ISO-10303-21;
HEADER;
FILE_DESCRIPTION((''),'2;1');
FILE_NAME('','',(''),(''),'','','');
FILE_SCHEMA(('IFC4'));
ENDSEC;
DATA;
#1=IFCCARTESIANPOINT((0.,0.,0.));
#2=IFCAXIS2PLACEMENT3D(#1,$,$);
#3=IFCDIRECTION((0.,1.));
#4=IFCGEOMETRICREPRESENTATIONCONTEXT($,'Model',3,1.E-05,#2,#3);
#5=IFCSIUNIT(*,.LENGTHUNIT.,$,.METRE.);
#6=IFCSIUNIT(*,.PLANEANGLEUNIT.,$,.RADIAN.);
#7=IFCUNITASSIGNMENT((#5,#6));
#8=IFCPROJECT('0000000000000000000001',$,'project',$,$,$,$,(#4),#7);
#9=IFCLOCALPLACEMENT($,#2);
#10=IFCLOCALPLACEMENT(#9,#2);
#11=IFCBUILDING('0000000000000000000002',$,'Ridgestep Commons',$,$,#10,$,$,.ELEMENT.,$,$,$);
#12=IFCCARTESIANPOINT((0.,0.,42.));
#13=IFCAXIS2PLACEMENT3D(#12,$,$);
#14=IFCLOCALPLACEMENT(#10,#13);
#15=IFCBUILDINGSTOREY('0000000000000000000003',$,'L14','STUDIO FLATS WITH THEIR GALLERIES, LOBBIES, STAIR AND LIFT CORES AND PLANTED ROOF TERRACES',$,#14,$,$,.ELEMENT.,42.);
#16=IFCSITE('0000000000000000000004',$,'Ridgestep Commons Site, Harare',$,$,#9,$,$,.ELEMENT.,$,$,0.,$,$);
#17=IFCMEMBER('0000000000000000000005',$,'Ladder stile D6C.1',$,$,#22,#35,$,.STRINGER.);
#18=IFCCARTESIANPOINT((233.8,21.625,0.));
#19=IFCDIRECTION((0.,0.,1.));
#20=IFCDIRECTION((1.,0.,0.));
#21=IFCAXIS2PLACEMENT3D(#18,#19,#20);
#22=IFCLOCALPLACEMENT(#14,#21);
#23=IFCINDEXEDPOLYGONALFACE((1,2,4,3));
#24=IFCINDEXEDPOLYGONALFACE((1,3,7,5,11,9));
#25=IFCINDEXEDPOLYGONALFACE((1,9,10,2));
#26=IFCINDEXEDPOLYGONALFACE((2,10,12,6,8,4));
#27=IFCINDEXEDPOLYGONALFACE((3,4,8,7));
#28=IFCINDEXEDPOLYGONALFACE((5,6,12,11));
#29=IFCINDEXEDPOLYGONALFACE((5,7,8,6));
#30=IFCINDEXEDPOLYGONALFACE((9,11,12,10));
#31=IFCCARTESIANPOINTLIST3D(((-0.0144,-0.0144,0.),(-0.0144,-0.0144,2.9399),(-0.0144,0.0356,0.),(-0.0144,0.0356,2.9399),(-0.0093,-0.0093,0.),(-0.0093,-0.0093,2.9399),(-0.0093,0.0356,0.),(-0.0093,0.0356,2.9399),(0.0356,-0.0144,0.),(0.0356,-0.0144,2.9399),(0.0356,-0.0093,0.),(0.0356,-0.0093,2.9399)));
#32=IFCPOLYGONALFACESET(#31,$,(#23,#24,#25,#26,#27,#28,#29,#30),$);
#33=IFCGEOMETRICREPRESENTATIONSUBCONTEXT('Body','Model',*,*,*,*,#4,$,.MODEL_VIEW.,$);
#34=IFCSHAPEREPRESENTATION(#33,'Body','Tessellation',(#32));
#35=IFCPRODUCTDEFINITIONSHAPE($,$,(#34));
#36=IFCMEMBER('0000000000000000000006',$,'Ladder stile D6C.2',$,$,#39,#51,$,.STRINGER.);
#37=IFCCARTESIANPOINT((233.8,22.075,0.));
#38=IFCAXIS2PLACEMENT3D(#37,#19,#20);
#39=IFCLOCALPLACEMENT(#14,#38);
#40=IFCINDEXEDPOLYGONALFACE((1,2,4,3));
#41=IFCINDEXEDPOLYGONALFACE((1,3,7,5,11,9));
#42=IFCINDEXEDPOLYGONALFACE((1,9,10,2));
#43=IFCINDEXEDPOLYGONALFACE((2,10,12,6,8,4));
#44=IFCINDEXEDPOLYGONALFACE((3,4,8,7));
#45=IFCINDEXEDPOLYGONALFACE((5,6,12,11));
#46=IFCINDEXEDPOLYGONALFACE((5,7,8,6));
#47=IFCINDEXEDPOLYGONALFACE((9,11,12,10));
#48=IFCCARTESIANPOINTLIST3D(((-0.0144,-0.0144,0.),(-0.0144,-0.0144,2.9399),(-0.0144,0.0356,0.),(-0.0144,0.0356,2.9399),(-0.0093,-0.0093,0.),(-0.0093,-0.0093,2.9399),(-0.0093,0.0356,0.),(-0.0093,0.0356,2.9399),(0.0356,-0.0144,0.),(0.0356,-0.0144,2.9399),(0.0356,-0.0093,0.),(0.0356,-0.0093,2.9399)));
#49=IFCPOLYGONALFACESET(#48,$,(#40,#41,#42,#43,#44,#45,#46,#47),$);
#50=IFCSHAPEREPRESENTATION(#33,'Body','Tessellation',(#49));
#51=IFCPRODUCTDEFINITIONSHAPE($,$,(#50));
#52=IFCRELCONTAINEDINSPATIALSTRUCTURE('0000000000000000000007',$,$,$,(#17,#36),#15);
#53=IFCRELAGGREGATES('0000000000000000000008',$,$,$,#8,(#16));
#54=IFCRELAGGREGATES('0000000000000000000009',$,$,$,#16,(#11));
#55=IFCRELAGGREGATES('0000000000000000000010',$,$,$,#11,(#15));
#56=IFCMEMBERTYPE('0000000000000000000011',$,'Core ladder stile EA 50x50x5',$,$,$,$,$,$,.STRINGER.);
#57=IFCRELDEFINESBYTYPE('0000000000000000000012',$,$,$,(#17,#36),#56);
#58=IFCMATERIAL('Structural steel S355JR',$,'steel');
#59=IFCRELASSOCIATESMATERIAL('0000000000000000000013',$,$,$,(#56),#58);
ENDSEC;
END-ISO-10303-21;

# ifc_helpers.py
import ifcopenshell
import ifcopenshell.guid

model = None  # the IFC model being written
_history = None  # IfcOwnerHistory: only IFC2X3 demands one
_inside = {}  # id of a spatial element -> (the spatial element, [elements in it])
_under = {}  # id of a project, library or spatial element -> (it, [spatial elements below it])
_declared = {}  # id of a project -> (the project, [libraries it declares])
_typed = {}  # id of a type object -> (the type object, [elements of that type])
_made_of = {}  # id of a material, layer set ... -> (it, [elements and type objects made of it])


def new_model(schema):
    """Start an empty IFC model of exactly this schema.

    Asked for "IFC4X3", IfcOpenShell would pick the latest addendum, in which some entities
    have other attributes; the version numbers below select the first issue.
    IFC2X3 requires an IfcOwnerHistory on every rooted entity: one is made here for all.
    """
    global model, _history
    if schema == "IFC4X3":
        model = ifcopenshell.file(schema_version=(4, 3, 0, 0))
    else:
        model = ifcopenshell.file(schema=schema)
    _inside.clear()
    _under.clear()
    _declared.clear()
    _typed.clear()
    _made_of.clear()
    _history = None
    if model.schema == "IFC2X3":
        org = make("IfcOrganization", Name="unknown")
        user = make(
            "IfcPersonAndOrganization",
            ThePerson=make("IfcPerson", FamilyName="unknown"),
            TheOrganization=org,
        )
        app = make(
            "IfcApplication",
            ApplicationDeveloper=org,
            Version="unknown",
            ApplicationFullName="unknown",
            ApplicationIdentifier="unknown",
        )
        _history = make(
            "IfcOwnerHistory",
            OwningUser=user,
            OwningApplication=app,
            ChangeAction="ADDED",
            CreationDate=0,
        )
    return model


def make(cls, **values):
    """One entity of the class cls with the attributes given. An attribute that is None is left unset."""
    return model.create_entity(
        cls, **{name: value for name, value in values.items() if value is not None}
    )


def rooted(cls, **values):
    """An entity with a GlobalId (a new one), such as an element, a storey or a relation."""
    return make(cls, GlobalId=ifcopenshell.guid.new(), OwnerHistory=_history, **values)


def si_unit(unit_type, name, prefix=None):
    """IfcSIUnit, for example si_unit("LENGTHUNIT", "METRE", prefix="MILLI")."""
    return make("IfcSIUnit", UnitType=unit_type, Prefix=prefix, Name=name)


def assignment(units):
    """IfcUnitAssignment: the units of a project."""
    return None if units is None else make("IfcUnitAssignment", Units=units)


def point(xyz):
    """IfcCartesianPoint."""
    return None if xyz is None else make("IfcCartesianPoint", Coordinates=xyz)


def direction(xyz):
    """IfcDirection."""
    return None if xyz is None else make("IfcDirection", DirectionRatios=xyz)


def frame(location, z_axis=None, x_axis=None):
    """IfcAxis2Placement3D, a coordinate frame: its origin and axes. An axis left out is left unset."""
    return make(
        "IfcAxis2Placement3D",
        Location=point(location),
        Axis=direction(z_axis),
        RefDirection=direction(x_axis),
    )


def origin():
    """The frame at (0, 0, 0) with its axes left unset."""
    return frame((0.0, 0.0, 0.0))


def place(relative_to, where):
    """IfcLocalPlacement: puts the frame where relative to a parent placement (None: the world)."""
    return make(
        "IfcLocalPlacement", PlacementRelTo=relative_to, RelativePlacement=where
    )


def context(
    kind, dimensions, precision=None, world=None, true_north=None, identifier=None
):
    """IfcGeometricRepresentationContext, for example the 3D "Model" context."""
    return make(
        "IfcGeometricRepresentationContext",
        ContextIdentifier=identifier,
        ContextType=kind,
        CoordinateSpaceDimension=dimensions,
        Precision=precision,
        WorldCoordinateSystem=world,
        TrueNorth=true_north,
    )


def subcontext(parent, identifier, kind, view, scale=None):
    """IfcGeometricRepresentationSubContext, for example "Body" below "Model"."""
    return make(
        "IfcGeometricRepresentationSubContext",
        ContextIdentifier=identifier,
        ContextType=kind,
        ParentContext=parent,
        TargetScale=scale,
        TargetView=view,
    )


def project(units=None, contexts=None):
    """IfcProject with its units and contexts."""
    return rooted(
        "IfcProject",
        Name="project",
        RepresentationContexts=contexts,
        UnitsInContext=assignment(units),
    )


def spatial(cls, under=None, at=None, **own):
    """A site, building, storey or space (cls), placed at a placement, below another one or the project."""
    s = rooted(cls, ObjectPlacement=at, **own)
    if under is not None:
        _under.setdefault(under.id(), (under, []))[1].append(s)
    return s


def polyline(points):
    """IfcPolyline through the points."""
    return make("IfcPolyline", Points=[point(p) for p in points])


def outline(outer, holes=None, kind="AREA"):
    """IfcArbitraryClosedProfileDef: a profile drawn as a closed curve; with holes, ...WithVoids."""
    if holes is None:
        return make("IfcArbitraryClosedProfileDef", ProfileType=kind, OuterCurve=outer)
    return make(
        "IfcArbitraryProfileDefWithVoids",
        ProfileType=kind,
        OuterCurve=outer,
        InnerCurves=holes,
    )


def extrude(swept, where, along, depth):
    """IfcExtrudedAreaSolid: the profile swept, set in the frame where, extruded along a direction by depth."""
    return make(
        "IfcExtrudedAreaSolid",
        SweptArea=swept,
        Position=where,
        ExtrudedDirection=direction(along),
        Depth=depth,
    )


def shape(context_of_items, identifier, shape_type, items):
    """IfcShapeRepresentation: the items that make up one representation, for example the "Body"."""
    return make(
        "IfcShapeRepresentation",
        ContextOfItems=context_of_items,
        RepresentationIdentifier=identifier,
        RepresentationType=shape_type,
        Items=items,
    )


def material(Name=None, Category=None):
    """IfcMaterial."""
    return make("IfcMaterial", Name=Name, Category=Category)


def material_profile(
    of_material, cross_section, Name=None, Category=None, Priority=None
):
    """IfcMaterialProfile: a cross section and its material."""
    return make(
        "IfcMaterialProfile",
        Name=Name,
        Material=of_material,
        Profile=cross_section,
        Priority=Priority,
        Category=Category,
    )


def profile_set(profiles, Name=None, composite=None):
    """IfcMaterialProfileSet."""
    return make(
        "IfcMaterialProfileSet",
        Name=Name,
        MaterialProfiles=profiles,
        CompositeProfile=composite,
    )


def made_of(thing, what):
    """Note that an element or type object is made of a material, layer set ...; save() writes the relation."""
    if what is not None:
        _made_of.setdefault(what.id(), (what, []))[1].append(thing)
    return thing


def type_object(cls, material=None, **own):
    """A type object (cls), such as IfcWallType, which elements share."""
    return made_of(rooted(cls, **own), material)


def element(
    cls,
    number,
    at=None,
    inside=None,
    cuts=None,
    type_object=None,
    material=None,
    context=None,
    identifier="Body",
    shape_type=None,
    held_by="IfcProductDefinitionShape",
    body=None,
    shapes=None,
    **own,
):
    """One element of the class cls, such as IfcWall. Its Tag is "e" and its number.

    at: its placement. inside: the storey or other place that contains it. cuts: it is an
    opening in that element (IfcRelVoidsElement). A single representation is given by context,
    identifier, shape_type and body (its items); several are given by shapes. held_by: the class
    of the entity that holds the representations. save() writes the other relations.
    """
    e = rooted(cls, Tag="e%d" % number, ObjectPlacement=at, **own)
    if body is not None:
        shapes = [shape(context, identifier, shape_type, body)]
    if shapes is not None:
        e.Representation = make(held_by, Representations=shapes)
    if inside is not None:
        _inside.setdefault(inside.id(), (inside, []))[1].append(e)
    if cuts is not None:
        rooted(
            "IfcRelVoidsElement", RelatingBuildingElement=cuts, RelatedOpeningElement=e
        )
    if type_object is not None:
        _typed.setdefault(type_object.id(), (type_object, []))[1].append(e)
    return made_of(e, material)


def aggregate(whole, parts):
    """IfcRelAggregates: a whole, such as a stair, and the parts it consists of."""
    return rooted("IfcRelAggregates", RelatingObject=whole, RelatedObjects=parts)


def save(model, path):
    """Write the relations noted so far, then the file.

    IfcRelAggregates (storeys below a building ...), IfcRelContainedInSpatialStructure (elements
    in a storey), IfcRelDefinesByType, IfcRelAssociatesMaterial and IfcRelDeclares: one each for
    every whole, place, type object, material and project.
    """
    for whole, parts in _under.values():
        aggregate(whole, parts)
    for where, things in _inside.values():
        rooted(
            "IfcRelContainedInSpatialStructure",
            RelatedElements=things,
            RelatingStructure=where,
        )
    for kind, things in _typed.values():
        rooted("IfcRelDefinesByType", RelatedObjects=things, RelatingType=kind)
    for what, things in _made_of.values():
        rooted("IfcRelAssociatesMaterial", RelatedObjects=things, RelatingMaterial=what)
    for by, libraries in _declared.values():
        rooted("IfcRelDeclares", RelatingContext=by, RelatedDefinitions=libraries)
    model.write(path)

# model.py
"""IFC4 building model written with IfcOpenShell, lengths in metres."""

from ifc_helpers import new_model, si_unit, direction, frame, origin, place, context, subcontext, project, spatial, polyline, outline, extrude, material, material_profile, profile_set, type_object, element, save


model = new_model("IFC4")

# Units and contexts
model_context = context("Model", 3, precision=1e-05, world=origin(), true_north=direction((0.0, 1.0)))
body_context = subcontext(model_context, "Body", "Model", "MODEL_VIEW")
ifc_project = project(units=[si_unit("LENGTHUNIT", "METRE"), si_unit("PLANEANGLEUNIT", "RADIAN")], contexts=[model_context])

# Site, building, storey
site_placement = place(None, origin())
site = spatial("IfcSite", under=ifc_project, at=site_placement, Name="Ridgestep Commons Site, Harare", CompositionType="ELEMENT", RefElevation=0.0)
building_placement = place(site_placement, origin())
building = spatial("IfcBuilding", under=site, at=building_placement, Name="Ridgestep Commons", CompositionType="ELEMENT")
storey_placement = place(building_placement, frame((0.0, 0.0, 42.0)))
storey = spatial("IfcBuildingStorey", under=building, at=storey_placement, Name="L14", Description="STUDIO FLATS WITH THEIR GALLERIES, LOBBIES, STAIR AND LIFT CORES AND PLANTED ROOF TERRACES", CompositionType="ELEMENT", Elevation=42.0)

# Members
ifc_material_1 = material(Name="Structural steel S355JR", Category="steel")
ifc_material_profile_1 = material_profile(ifc_material_1, outline(polyline([(-0.0144, -0.0144), (0.0356, -0.0144), (0.0356, -0.0093), (-0.0093, -0.0093), (-0.0093, 0.0356), (-0.0144, 0.0356), (-0.0144, -0.0144)])), Name="EA 50x50x5")
ifc_profile_set_1 = profile_set([ifc_material_profile_1], Name="Structural steel S355JR")
member_type_1 = type_object("IfcMemberType", Name="Core ladder stile EA 50x50x5", PredefinedType="STRINGER", material=ifc_profile_set_1)
for number, where, z_axis, x_axis, name in (
    (1, (233.8, 21.625, 0.0), (0.0, 0.0, 1.0), (1.0, 0.0, 0.0), "Ladder stile D6C.1"),
    (2, (233.8, 22.075, 0.0), (0.0, 0.0, 1.0), (1.0, 0.0, 0.0), "Ladder stile D6C.2"),
):
    element("IfcMember", number, at=place(storey_placement, frame(where, z_axis=z_axis, x_axis=x_axis)), inside=storey, type_object=member_type_1, Name=name, PredefinedType="STRINGER", context=body_context, shape_type="SweptSolid", body=[
        extrude(outline(polyline([(-0.0144, -0.0144), (0.0356, -0.0144), (0.0356, -0.0093), (-0.0093, -0.0093), (-0.0093, 0.0356), (-0.0144, 0.0356), (-0.0144, -0.0144)])), origin(), (0.0, 0.0, 1.0), 2.9399),
    ])

save(model, "model.ifc")
